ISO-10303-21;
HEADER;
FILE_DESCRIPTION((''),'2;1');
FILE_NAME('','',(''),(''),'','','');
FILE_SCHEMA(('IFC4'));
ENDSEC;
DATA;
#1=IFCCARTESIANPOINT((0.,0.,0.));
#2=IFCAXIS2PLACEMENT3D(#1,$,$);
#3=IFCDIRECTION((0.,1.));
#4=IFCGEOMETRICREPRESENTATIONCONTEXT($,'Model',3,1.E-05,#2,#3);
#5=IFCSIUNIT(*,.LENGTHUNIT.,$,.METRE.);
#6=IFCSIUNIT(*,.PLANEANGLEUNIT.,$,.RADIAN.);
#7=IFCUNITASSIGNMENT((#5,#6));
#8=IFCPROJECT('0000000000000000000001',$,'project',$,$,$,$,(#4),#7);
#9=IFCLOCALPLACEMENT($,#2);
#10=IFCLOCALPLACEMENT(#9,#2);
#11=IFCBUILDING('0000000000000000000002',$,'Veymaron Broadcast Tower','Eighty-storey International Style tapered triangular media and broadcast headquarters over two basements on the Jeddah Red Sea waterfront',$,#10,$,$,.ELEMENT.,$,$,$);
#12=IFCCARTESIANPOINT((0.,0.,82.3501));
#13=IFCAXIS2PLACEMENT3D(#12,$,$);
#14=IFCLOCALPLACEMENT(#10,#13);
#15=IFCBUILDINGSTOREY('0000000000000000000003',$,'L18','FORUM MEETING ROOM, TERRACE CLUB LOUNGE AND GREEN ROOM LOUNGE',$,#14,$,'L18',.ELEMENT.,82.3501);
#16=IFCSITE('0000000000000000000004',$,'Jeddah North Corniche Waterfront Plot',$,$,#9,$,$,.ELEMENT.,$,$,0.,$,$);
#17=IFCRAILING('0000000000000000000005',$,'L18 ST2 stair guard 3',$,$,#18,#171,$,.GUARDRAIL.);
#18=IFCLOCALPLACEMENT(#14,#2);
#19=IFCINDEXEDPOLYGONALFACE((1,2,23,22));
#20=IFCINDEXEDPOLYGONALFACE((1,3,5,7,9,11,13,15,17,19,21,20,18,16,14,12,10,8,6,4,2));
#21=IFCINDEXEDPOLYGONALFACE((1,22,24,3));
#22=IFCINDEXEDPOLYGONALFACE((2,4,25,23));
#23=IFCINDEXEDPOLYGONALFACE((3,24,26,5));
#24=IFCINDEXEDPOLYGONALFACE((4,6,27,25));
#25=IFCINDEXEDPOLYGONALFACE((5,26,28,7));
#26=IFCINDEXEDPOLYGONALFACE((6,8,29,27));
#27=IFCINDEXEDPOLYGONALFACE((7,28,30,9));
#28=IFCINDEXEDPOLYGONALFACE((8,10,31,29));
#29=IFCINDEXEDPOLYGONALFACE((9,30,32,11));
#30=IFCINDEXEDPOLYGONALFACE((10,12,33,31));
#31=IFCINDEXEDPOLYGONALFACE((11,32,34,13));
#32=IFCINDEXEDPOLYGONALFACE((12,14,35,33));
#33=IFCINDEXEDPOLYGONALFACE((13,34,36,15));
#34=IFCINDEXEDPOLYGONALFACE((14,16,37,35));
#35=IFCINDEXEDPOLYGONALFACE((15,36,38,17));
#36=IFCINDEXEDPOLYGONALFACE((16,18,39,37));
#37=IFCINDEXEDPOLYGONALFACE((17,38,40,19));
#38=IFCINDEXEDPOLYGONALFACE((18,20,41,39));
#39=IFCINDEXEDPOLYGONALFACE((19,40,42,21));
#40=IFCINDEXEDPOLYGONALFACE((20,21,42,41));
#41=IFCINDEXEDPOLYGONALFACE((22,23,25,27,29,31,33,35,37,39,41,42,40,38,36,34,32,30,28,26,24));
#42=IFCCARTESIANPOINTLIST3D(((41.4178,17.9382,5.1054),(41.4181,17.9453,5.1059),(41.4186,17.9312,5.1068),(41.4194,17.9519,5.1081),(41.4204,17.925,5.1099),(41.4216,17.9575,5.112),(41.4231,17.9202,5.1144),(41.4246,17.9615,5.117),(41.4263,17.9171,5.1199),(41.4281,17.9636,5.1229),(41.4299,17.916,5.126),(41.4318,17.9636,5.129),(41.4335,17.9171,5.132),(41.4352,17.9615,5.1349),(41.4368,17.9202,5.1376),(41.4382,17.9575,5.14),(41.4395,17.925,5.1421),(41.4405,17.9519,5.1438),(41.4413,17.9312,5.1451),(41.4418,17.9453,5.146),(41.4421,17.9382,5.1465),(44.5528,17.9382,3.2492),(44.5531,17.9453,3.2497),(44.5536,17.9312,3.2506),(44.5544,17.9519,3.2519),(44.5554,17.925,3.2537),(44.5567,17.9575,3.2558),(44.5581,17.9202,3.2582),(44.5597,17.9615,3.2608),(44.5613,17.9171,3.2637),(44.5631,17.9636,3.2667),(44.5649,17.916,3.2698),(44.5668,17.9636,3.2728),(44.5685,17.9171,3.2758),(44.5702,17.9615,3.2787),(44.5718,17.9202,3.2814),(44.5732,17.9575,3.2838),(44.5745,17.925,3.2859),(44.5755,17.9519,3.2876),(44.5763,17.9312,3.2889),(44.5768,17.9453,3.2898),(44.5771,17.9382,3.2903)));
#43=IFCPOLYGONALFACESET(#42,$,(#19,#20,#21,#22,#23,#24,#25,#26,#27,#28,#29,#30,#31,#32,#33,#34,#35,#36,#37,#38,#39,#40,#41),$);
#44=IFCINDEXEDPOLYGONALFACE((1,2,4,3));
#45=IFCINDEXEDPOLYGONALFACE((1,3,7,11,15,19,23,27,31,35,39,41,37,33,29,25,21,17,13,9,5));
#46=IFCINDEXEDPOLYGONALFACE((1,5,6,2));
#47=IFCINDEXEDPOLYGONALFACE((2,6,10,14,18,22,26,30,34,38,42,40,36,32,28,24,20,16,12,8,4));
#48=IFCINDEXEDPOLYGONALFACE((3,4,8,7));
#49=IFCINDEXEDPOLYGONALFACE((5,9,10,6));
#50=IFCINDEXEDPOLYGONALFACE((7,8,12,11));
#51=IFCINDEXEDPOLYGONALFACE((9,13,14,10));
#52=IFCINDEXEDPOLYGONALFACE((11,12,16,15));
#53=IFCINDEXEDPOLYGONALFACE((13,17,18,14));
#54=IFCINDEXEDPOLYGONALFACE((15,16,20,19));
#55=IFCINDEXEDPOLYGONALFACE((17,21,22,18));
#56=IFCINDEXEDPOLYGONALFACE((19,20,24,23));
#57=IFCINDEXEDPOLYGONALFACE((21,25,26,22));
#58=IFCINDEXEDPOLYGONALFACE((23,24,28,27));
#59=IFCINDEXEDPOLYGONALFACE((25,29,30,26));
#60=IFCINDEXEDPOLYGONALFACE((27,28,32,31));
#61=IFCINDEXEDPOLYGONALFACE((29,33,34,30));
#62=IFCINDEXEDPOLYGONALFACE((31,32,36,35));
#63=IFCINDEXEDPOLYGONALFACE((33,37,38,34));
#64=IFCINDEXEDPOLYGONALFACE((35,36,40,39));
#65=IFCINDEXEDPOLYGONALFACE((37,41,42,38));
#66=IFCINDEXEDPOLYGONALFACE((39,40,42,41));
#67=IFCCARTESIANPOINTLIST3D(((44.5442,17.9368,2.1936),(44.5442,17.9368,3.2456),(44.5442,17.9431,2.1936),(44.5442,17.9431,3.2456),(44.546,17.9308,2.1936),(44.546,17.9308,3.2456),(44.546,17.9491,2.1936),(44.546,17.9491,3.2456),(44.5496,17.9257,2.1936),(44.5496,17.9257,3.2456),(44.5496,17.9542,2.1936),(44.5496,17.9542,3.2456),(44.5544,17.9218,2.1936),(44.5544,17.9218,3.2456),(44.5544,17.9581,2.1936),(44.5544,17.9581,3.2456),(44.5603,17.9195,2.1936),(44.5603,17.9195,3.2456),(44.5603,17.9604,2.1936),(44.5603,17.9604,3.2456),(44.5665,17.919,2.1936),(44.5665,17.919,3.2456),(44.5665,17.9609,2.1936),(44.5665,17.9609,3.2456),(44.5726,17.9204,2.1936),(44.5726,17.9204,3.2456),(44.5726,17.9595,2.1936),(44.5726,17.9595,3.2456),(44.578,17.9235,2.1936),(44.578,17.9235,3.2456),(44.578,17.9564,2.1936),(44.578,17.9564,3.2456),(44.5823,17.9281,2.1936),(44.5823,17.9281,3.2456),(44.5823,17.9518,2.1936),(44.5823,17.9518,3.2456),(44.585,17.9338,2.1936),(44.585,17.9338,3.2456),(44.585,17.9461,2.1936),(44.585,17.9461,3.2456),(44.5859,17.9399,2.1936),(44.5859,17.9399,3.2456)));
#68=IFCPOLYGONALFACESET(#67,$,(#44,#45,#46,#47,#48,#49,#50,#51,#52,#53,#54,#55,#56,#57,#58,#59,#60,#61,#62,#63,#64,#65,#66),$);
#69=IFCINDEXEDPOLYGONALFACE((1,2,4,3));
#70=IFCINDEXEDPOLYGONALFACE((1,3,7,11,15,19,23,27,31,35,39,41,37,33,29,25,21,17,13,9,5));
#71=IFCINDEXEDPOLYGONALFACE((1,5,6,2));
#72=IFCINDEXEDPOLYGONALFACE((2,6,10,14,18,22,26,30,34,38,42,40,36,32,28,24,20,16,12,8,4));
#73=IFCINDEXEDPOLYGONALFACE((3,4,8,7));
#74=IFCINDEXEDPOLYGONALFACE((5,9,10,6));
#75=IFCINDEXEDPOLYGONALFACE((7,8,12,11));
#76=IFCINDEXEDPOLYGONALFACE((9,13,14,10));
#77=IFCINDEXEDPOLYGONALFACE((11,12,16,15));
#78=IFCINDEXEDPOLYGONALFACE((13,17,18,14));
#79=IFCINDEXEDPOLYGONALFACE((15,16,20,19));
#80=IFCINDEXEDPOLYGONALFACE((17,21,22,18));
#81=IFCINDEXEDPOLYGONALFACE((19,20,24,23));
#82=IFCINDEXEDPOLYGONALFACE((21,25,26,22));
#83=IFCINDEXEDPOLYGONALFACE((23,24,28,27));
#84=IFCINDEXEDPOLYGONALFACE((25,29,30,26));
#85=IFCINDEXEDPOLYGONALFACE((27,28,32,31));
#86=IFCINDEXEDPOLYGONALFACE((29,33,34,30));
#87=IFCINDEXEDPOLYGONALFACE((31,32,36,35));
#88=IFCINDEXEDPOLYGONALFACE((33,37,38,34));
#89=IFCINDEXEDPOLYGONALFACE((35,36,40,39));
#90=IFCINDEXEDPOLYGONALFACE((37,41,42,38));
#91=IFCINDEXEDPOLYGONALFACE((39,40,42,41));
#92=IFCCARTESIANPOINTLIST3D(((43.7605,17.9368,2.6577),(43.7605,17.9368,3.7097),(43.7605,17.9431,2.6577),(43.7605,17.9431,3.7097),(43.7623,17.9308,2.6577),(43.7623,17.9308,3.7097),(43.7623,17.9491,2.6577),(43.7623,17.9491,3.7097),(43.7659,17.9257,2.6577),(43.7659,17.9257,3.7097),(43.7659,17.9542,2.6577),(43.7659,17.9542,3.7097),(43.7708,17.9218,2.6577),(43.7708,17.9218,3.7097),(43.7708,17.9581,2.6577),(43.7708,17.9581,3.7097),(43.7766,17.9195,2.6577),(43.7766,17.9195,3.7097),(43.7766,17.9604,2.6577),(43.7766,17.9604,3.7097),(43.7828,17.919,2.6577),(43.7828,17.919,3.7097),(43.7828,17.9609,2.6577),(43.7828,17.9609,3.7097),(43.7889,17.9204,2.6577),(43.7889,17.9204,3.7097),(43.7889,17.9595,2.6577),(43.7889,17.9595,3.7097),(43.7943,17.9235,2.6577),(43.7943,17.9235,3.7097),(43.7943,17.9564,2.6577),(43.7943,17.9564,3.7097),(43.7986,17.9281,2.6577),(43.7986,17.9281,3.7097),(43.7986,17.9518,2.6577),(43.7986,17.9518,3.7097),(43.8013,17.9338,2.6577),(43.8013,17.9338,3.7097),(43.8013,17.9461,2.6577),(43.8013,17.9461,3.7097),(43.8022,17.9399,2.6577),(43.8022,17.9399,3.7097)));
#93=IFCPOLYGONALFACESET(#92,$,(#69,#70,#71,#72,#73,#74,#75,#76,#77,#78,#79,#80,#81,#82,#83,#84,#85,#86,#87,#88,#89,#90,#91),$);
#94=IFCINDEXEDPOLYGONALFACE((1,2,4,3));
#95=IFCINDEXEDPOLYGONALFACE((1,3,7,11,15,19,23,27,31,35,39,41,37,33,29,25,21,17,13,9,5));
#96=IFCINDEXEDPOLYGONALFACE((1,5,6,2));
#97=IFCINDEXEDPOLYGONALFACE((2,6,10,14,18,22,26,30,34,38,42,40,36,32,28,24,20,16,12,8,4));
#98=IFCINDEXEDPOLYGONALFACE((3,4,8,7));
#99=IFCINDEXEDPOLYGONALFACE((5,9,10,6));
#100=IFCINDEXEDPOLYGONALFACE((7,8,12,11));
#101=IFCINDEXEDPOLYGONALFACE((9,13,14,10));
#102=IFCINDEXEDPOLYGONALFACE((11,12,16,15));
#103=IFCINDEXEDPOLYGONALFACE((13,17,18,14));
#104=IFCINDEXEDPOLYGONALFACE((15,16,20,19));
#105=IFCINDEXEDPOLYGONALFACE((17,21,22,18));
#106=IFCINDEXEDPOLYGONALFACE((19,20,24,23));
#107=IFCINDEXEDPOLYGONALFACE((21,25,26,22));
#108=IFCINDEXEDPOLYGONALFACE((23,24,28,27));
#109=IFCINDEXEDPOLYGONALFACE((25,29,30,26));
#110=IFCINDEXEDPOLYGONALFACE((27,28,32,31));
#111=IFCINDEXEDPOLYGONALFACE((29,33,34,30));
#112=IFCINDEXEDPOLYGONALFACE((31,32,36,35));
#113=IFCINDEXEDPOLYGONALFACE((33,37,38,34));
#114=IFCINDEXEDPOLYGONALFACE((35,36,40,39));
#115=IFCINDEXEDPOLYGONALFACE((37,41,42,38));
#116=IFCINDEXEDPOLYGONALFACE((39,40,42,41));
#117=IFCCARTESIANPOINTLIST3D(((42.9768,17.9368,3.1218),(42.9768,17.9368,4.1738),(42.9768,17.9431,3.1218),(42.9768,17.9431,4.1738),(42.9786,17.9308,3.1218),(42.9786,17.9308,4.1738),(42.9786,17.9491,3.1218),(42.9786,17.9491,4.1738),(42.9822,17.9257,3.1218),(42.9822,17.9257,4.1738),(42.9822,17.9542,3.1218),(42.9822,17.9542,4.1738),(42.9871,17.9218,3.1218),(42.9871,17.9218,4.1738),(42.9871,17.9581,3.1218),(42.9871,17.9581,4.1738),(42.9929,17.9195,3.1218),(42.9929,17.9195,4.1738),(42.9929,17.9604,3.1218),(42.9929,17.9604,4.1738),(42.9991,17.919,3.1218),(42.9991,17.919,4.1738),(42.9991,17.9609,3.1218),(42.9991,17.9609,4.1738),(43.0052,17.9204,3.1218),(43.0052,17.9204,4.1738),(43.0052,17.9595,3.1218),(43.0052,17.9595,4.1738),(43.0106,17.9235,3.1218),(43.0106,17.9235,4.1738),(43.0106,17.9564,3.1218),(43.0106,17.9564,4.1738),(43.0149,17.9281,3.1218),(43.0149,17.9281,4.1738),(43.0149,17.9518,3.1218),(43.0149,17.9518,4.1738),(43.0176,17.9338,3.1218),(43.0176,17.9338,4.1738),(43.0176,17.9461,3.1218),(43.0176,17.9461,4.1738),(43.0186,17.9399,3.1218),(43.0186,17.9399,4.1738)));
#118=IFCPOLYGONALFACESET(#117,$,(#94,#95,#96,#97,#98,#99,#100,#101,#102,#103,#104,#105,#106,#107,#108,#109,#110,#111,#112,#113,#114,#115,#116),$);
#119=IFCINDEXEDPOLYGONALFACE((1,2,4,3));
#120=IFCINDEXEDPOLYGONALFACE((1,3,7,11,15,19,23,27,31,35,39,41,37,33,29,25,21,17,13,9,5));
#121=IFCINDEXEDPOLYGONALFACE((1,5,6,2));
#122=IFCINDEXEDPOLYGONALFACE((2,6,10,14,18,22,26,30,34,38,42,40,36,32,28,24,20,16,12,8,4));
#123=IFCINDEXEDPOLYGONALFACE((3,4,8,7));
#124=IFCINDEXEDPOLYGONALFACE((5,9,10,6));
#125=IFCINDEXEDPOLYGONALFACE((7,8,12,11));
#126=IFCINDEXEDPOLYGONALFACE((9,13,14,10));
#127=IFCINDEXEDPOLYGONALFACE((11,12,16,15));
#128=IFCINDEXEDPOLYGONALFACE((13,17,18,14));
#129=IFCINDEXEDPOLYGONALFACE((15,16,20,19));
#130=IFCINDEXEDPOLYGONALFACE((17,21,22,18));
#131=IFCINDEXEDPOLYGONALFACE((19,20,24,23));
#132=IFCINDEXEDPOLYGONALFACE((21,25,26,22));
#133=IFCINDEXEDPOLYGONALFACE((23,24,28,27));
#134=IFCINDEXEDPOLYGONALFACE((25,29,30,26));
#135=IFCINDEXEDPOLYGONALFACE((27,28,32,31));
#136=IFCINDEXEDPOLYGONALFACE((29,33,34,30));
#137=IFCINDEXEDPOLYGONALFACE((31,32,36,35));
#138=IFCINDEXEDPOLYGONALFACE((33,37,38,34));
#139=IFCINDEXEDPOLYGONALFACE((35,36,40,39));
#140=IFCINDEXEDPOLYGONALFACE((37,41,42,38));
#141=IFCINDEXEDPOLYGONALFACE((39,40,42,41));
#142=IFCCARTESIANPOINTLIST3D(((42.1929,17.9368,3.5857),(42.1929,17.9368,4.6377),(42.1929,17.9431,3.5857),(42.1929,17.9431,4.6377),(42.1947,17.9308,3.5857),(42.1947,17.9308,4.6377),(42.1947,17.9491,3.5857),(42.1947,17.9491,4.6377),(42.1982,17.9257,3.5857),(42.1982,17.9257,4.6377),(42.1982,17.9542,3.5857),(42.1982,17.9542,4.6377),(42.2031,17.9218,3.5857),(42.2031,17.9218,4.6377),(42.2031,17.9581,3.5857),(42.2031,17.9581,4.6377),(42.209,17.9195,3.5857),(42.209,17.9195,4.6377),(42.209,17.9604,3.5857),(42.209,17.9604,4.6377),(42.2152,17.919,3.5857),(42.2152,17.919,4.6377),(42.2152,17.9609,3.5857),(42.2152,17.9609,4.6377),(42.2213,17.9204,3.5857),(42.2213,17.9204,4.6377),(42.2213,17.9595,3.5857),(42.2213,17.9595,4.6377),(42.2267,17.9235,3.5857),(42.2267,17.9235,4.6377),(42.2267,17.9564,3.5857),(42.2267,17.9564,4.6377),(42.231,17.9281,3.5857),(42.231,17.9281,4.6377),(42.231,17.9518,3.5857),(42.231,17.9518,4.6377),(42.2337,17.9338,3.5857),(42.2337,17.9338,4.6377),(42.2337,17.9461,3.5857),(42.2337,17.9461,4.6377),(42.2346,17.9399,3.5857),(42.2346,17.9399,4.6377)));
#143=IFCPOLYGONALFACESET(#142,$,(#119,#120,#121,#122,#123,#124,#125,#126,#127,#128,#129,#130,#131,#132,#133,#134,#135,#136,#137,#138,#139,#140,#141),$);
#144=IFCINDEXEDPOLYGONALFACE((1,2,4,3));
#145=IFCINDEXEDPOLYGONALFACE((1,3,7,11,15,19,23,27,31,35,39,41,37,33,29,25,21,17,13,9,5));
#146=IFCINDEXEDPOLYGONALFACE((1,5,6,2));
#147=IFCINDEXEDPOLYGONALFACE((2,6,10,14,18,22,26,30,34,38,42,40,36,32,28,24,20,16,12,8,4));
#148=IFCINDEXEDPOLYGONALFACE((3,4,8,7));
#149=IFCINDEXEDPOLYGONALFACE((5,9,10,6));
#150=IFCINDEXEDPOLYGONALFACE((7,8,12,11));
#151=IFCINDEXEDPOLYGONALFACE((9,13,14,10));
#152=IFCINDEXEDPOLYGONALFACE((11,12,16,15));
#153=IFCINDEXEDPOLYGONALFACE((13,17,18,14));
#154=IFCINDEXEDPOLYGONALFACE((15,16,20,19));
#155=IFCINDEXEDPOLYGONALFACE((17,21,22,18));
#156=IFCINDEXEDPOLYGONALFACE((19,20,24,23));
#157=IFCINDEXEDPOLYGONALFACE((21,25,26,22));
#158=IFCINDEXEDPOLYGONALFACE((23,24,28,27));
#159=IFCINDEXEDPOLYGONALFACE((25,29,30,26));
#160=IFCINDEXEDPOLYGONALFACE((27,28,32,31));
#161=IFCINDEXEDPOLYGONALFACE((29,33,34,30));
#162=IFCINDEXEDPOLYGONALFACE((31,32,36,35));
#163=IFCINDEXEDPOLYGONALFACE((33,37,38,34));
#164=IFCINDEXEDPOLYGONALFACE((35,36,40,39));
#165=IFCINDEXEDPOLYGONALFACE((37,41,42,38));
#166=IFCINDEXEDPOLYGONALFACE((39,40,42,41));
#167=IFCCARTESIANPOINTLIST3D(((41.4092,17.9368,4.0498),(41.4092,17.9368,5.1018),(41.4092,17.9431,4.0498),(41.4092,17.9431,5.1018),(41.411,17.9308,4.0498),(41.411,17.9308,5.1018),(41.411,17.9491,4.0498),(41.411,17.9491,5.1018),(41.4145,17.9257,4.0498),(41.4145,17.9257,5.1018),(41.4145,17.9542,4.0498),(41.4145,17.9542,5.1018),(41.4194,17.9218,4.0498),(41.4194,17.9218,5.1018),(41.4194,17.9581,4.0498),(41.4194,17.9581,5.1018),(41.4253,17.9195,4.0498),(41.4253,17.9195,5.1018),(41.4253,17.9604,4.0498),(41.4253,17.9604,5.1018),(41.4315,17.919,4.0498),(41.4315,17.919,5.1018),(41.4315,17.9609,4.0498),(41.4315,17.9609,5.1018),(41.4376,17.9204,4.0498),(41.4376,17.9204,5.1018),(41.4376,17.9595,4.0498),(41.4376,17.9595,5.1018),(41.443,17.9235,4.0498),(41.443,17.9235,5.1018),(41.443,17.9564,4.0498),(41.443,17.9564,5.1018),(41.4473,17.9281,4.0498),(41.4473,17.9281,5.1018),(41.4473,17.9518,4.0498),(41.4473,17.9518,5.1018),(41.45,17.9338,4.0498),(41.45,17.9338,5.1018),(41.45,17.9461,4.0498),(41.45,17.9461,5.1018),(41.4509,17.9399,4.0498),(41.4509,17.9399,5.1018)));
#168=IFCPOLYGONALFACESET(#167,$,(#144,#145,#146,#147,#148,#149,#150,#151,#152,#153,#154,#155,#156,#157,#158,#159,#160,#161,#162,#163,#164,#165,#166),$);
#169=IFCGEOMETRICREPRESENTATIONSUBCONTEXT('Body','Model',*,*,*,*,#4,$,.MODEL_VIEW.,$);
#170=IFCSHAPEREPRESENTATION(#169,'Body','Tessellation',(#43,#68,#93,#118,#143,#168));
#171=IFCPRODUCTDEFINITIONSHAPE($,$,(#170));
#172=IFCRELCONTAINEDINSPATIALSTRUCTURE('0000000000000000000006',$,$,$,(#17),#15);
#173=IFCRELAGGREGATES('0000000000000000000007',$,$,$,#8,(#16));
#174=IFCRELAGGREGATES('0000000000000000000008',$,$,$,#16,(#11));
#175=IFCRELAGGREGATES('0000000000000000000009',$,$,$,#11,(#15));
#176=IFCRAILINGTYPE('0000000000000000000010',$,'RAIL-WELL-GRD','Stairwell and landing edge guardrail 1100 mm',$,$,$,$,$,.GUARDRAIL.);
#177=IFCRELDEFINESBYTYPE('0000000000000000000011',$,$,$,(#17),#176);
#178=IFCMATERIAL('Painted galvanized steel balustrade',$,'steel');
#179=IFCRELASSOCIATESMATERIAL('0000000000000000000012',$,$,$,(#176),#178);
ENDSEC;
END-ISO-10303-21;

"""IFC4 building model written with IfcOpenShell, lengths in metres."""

from ifc_helpers import new_model, si_unit, direction, frame, origin, origin_2d, place, context, subcontext, project, spatial, circle, extrude, material, type_object, element, save


model = new_model("IFC4")

# Units and contexts
model_context = context("Model", 3, precision=1e-05, world=origin(), true_north=direction((0.0, 1.0)))
body_context = subcontext(model_context, "Body", "Model", "MODEL_VIEW")
ifc_project = project(units=[si_unit("LENGTHUNIT", "METRE"), si_unit("PLANEANGLEUNIT", "RADIAN")], contexts=[model_context])

# Site, building, storey
site_placement = place(None, origin())
site = spatial("IfcSite", under=ifc_project, at=site_placement, Name="Jeddah North Corniche Waterfront Plot", CompositionType="ELEMENT", RefElevation=0.0)
building_placement = place(site_placement, origin())
building = spatial("IfcBuilding", under=site, at=building_placement, Name="Veymaron Broadcast Tower", Description="Eighty-storey International Style tapered triangular media and broadcast headquarters over two basements on the Jeddah Red Sea waterfront", CompositionType="ELEMENT")
storey_placement = place(building_placement, frame((0.0, 0.0, 82.3501)))
storey = spatial("IfcBuildingStorey", under=building, at=storey_placement, Name="L18", Description="FORUM MEETING ROOM, TERRACE CLUB LOUNGE AND GREEN ROOM LOUNGE", LongName="L18", CompositionType="ELEMENT", Elevation=82.3501)

# Railing
ifc_material_1 = material(Name="Painted galvanized steel balustrade", Category="steel")
railing_type_1 = type_object("IfcRailingType", Name="RAIL-WELL-GRD", Description="Stairwell and landing edge guardrail 1100 mm", PredefinedType="GUARDRAIL", material=ifc_material_1)
railing_1_placement = place(storey_placement, frame((44.5649, 17.9399, 2.1936)))
element("IfcRailing", 1, at=railing_1_placement, inside=storey, type_object=railing_type_1, Name="L18 ST2 stair guard 3", PredefinedType="GUARDRAIL", context=body_context, shape_type="SweptSolid", body=[
    extrude(circle(Radius=0.0239, at=origin_2d()), frame((0.0, 0.0, 1.0762), z_axis=(-0.860482, 0.0, 0.509481), x_axis=(0.0, -1.0, 0.0)), (0.0, 0.0, 1.0), 3.6433),
    extrude(circle(Radius=0.021, at=origin_2d()), origin(), (0.0, 0.0, 1.0), 1.052),
    extrude(circle(Radius=0.021, at=origin_2d()), frame((-0.7837, 0.0, 0.4641)), (0.0, 0.0, 1.0), 1.052),
    extrude(circle(Radius=0.021, at=origin_2d()), frame((-1.5674, 0.0, 0.9282)), (0.0, 0.0, 1.0), 1.052),
    extrude(circle(Radius=0.021, at=origin_2d()), frame((-2.3513, 0.0, 1.3921)), (0.0, 0.0, 1.0), 1.052),
    extrude(circle(Radius=0.021, at=origin_2d()), frame((-3.135, 0.0, 1.8562)), (0.0, 0.0, 1.0), 1.052),
])

save(model, "model.ifc")
